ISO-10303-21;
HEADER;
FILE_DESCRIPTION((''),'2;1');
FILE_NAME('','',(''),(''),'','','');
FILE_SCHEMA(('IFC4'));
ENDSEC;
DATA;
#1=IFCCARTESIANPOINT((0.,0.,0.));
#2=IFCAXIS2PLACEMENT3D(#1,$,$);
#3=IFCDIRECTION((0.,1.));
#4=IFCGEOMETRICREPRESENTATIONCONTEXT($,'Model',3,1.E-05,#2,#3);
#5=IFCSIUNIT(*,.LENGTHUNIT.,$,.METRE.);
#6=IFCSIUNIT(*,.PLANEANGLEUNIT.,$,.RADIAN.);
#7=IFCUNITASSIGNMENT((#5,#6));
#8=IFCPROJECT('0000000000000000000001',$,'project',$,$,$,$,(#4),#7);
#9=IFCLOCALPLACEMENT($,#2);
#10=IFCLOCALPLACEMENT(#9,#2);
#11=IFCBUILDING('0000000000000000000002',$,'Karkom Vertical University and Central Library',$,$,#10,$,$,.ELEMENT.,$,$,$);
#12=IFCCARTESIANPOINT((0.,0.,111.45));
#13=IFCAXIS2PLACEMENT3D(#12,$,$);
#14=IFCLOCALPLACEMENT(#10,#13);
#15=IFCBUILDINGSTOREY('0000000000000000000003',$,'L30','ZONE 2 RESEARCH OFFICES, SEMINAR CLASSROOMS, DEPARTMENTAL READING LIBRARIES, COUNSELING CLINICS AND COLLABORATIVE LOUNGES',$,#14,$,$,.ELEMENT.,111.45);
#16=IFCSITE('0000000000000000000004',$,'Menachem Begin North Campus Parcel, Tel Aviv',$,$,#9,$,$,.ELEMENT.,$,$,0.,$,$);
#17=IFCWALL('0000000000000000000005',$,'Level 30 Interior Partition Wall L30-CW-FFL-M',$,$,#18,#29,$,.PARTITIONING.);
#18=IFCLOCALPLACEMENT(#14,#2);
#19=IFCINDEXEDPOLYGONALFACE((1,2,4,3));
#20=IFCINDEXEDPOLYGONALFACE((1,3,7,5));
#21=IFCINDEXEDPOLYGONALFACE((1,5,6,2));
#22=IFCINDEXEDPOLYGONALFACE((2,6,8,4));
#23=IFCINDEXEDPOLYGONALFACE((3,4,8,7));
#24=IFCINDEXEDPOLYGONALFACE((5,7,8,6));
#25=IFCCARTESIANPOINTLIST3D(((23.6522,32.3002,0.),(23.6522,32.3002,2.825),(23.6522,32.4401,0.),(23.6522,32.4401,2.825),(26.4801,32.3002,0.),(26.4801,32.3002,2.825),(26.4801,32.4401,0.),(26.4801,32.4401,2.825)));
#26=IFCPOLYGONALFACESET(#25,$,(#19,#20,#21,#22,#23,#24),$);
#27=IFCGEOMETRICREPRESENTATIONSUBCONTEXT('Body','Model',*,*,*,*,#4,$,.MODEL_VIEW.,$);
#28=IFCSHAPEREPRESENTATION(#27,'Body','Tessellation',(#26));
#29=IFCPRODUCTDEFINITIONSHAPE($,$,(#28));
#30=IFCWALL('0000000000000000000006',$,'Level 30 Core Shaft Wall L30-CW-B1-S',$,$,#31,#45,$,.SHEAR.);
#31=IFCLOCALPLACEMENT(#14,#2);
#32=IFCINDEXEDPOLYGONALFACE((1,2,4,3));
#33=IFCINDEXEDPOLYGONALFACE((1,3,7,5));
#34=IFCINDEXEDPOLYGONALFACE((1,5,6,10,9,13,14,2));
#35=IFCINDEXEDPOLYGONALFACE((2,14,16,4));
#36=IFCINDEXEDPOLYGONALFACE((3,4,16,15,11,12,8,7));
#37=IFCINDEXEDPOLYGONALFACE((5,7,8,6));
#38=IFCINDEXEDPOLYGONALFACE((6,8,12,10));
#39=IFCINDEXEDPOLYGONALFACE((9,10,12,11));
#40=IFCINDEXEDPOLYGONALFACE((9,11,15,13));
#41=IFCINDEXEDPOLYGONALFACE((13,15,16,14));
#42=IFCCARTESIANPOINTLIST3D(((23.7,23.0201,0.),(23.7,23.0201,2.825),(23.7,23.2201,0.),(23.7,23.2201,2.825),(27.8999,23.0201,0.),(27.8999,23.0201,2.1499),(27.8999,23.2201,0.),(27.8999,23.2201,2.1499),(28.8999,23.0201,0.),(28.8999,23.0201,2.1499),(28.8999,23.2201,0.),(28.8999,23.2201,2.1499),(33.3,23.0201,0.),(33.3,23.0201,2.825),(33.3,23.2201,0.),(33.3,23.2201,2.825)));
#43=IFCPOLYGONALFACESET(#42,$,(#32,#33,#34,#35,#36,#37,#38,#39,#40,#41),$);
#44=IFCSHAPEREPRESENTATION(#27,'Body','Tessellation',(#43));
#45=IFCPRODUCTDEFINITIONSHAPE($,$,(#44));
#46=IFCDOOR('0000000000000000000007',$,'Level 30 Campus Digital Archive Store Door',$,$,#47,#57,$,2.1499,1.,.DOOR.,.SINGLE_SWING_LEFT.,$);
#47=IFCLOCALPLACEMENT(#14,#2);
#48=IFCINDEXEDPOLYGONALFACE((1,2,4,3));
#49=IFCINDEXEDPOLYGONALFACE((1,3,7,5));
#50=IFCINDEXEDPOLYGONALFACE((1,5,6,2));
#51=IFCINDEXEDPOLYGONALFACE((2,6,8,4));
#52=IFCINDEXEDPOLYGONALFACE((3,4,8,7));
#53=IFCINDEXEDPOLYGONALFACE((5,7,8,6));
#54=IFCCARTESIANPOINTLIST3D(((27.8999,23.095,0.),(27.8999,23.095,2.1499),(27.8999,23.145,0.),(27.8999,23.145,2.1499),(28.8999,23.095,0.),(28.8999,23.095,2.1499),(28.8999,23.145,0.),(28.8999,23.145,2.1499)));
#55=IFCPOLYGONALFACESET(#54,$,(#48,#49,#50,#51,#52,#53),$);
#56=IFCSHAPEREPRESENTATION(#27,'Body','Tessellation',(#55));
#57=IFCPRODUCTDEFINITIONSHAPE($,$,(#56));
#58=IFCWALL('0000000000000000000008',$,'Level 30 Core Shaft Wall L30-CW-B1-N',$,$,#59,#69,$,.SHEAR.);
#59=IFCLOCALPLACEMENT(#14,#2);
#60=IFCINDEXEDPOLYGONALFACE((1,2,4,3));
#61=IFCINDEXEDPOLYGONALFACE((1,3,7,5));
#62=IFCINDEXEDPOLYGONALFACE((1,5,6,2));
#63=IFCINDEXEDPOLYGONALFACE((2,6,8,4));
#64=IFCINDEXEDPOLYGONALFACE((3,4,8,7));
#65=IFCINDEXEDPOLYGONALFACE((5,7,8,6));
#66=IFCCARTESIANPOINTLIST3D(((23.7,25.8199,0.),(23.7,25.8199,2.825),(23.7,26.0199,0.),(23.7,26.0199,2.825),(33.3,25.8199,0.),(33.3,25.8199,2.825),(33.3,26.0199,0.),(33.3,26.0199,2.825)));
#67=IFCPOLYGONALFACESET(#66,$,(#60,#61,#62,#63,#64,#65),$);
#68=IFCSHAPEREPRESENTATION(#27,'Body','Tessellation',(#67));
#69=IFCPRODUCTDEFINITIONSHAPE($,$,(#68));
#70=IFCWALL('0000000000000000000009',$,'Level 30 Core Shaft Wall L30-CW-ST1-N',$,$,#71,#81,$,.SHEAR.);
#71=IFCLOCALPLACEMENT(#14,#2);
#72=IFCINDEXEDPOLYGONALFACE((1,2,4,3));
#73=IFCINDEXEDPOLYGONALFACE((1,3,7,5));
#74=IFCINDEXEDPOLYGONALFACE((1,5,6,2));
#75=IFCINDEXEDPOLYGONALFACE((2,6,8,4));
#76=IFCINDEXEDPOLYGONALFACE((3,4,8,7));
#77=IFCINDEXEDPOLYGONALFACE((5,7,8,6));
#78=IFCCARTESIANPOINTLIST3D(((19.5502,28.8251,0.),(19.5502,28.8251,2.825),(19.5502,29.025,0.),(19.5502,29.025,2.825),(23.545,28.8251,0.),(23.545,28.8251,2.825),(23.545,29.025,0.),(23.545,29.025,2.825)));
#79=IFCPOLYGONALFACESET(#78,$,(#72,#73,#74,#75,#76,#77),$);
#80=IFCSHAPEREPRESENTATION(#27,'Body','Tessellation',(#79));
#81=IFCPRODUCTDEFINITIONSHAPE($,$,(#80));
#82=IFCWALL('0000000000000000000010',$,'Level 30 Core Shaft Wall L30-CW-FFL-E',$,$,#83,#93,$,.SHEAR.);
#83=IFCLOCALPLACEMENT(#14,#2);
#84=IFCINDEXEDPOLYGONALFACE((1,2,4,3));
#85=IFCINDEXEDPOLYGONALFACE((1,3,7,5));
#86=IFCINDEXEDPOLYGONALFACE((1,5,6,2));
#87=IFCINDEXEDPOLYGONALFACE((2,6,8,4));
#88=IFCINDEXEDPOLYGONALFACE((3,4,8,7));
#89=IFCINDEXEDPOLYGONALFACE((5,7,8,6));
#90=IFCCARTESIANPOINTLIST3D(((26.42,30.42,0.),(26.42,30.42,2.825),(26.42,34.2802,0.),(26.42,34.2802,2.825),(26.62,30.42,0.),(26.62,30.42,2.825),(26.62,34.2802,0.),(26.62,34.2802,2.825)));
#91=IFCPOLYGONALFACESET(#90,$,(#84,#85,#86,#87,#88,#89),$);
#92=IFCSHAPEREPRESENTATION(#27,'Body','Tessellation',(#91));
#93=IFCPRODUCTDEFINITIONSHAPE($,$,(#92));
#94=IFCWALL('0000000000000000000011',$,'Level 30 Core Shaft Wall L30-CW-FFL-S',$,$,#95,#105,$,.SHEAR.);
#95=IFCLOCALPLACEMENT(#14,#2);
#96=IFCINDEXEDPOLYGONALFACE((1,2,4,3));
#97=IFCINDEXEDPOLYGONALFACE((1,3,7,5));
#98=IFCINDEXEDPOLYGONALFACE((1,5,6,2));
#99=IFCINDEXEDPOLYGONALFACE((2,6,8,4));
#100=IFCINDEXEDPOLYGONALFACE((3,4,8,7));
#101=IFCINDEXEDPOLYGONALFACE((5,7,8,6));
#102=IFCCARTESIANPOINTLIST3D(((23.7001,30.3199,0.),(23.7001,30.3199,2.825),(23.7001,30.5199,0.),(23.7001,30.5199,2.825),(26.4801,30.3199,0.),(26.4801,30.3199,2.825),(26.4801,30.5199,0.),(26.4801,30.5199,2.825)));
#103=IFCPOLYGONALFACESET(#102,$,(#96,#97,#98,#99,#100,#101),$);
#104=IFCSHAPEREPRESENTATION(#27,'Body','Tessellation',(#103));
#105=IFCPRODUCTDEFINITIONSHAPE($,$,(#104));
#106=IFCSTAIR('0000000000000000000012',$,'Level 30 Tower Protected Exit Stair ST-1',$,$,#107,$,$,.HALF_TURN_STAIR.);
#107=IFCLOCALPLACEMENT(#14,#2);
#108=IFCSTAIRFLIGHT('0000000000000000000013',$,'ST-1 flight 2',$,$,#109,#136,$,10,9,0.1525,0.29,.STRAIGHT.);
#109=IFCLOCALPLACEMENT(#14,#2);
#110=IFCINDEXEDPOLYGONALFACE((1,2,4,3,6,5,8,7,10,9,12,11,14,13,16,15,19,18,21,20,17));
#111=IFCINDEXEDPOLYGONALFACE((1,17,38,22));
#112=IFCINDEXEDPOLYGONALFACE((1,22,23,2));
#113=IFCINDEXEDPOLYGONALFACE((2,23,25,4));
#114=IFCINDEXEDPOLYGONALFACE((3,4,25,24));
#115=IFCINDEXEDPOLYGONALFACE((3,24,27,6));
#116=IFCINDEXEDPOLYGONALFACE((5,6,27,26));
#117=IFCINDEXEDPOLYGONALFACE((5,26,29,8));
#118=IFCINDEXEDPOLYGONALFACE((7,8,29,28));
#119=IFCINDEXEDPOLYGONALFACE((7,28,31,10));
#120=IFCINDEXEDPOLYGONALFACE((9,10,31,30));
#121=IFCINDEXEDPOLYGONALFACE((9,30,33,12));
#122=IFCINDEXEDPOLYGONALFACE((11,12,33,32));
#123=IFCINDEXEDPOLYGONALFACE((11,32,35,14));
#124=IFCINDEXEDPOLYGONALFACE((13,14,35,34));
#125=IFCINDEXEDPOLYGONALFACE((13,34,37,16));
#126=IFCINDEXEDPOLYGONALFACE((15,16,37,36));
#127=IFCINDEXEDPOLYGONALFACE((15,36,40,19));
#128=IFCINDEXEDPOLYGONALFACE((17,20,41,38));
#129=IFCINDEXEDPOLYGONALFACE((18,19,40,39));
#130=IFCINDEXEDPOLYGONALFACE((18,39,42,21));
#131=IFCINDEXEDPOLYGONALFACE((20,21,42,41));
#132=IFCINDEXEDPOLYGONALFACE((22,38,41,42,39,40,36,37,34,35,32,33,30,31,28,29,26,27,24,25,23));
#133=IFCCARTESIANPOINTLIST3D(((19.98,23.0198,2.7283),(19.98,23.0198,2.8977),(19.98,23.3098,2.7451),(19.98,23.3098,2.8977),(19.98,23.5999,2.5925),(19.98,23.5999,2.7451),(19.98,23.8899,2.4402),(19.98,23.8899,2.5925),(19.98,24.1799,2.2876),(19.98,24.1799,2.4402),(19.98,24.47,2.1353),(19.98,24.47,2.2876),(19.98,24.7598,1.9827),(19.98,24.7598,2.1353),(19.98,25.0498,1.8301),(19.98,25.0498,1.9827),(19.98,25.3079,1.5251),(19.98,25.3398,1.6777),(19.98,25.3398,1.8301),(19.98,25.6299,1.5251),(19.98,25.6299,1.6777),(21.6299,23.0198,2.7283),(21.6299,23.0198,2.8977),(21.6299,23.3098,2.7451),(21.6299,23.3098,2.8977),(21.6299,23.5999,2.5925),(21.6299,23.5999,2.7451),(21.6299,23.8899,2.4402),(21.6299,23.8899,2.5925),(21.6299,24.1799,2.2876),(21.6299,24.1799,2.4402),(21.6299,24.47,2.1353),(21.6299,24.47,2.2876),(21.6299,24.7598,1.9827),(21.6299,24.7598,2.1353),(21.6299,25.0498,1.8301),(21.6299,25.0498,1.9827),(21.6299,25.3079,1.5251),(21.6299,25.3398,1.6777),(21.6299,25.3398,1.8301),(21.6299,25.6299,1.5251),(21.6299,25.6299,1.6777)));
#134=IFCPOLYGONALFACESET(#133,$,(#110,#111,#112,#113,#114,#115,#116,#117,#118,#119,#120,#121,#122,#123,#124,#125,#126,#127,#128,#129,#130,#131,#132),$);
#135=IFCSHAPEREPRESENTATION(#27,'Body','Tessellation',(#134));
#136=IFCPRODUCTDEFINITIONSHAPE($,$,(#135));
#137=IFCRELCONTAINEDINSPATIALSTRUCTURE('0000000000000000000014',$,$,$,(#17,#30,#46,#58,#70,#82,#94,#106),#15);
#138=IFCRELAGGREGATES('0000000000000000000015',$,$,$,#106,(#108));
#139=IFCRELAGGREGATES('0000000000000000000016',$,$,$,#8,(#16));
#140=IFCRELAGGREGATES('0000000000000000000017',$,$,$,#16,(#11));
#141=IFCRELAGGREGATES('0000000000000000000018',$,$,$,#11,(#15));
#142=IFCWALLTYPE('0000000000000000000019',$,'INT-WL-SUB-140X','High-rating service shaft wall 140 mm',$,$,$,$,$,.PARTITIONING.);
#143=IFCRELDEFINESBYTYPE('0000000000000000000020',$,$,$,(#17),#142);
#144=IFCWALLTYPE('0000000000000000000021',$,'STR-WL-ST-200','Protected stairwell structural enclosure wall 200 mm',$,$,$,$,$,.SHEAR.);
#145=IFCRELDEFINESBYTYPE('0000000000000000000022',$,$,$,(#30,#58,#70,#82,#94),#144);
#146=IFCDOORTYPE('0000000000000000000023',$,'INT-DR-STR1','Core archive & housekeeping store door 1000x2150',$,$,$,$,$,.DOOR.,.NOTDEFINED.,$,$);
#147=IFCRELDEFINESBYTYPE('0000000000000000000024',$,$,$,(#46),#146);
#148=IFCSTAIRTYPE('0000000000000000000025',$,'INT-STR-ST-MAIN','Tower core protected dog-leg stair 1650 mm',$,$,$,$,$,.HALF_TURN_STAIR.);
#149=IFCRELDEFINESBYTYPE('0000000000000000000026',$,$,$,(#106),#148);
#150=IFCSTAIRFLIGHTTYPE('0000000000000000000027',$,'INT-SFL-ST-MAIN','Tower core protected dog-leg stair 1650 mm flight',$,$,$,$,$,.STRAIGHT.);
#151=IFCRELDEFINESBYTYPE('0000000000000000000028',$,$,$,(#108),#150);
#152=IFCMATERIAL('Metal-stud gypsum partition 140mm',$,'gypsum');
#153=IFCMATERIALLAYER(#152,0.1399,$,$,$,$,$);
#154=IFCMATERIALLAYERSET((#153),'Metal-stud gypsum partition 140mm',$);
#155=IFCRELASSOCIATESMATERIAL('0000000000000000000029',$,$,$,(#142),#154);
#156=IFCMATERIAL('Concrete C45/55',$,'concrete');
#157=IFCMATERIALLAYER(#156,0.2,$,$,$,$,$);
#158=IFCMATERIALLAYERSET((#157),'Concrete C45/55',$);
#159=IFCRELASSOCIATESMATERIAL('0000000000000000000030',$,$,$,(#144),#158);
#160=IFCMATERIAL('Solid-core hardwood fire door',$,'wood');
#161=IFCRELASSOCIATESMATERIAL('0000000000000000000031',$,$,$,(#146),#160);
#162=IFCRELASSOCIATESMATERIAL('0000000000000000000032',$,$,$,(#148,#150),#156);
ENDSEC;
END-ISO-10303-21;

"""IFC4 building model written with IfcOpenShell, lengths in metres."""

from ifc_helpers import new_model, si_unit, direction, frame, frame_2d, origin, origin_with_axes, place, context, subcontext, project, spatial, polyline, rectangle, outline, extrude, source, transform, mapped, material, layer, layer_set, type_object, element, fill, aggregate, save


model = new_model("IFC4")

# Units and contexts
model_context = context("Model", 3, precision=1e-05, world=origin(), true_north=direction((0.0, 1.0)))
body_context = subcontext(model_context, "Body", "Model", "MODEL_VIEW")
ifc_project = project(units=[si_unit("LENGTHUNIT", "METRE"), si_unit("PLANEANGLEUNIT", "RADIAN")], contexts=[model_context])

# Site, building, storey
site_placement = place(None, origin())
site = spatial("IfcSite", under=ifc_project, at=site_placement, Name="Menachem Begin North Campus Parcel, Tel Aviv", CompositionType="ELEMENT", RefElevation=0.0)
building_placement = place(site_placement, origin())
building = spatial("IfcBuilding", under=site, at=building_placement, Name="Karkom Vertical University and Central Library", CompositionType="ELEMENT")
storey_placement = place(building_placement, frame((0.0, 0.0, 111.45)))
storey = spatial("IfcBuildingStorey", under=building, at=storey_placement, Name="L30", Description="ZONE 2 RESEARCH OFFICES, SEMINAR CLASSROOMS, DEPARTMENTAL READING LIBRARIES, COUNSELING CLINICS AND COLLABORATIVE LOUNGES", CompositionType="ELEMENT", Elevation=111.45)

# Wall
ifc_material_1 = material(Name="Metal-stud gypsum partition 140mm", Category="gypsum")
ifc_layer_1 = layer(ifc_material_1, 0.1399)
ifc_layer_set_1 = layer_set([ifc_layer_1], Name="Metal-stud gypsum partition 140mm")
wall_type_1 = type_object("IfcWallType", Name="INT-WL-SUB-140X", Description="High-rating service shaft wall 140 mm", PredefinedType="PARTITIONING", material=ifc_layer_set_1)
wall_1_placement = place(storey_placement, frame((23.6521, 32.3701, 0.0), z_axis=(0.0, 0.0, 1.0), x_axis=(1.0, 0.0, 0.0)))
element("IfcWall", 1, at=wall_1_placement, inside=storey, type_object=wall_type_1, Name="Level 30 Interior Partition Wall L30-CW-FFL-M", PredefinedType="PARTITIONING", context=body_context, shape_type="SweptSolid", body=[
    extrude(rectangle(XDim=2.8279, YDim=0.1399, at=frame_2d((1.4141, 0.0))), origin(), (0.0, 0.0, 1.0), 2.825),
])

# Wall, opening, door
ifc_material_2 = material(Name="Concrete C45/55", Category="concrete")
ifc_layer_2 = layer(ifc_material_2, 0.2)
ifc_layer_set_2 = layer_set([ifc_layer_2], Name="Concrete C45/55")
wall_type_2 = type_object("IfcWallType", Name="STR-WL-ST-200", Description="Protected stairwell structural enclosure wall 200 mm", PredefinedType="SHEAR", material=ifc_layer_set_2)
wall_2_placement = place(storey_placement, frame((23.7, 23.1201, 0.0), z_axis=(0.0, 0.0, 1.0), x_axis=(1.0, 0.0, 0.0)))
wall_2 = element("IfcWall", 2, at=wall_2_placement, inside=storey, type_object=wall_type_2, Name="Level 30 Core Shaft Wall L30-CW-B1-S", PredefinedType="SHEAR", context=body_context, shape_type="SweptSolid", body=[
    extrude(rectangle(XDim=9.6001, YDim=0.2, at=frame_2d((4.8, 0.0))), origin(), (0.0, 0.0, 1.0), 2.825),
])
opening_1_placement = place(wall_2_placement, frame((4.2, 0.0, 0.0)))
opening_1 = element("IfcOpeningElement", 3, at=opening_1_placement, cuts=wall_2, PredefinedType="OPENING", context=body_context, shape_type="SweptSolid", body=[
    extrude(rectangle(XDim=1.0, YDim=2.1499, at=frame_2d((0.5, 1.075))), frame((0.0, 0.1099, 0.0), z_axis=(0.0, -1.0, 0.0), x_axis=(1.0, 0.0, 0.0)), (0.0, 0.0, 1.0), 0.22),
])
ifc_material_3 = material(Name="Solid-core hardwood fire door", Category="wood")
door_type_1 = type_object("IfcDoorType", Name="INT-DR-STR1", Description="Core archive & housekeeping store door 1000x2150", OperationType="NOTDEFINED", PredefinedType="DOOR", material=ifc_material_3)
shared_shape_1 = source(origin_with_axes(), body_context, "Body", "SweptSolid", [
    extrude(rectangle(XDim=1.0, YDim=2.1499, at=frame_2d((0.5, 1.075))), frame((0.0, 0.0249, 0.0), z_axis=(0.0, -1.0, 0.0), x_axis=(1.0, 0.0, 0.0)), (0.0, 0.0, 1.0), 0.05),
])
door_1_placement = place(opening_1_placement, origin())
door_1 = element("IfcDoor", 4, at=door_1_placement, inside=storey, type_object=door_type_1, Name="Level 30 Campus Digital Archive Store Door", OperationType="SINGLE_SWING_LEFT", OverallHeight=2.1499, OverallWidth=1.0, PredefinedType="DOOR", context=body_context, shape_type="MappedRepresentation", body=[
    mapped(shared_shape_1, transform((0.0, 0.0, 0.0), scale=1.0)),
])
fill(opening_1, door_1)

# Wall
wall_3_placement = place(storey_placement, frame((23.7, 25.9199, 0.0), z_axis=(0.0, 0.0, 1.0), x_axis=(1.0, 0.0, 0.0)))
element("IfcWall", 5, at=wall_3_placement, inside=storey, type_object=wall_type_2, Name="Level 30 Core Shaft Wall L30-CW-B1-N", PredefinedType="SHEAR", context=body_context, shape_type="SweptSolid", body=[
    extrude(rectangle(XDim=9.6001, YDim=0.2, at=frame_2d((4.8, 0.0))), origin(), (0.0, 0.0, 1.0), 2.825),
])

# Walls
wall_4_placement = place(storey_placement, frame((19.55, 28.925, 0.0), z_axis=(0.0, 0.0, 1.0), x_axis=(1.0, 0.0, 0.0)))
element("IfcWall", 6, at=wall_4_placement, inside=storey, type_object=wall_type_2, Name="Level 30 Core Shaft Wall L30-CW-ST1-N", PredefinedType="SHEAR", context=body_context, shape_type="SweptSolid", body=[
    extrude(rectangle(XDim=3.9949, YDim=0.2, at=frame_2d((1.9976, 0.0))), origin(), (0.0, 0.0, 1.0), 2.825),
])
wall_5_placement = place(storey_placement, frame((26.52, 30.4199, 0.0), z_axis=(0.0, 0.0, 1.0), x_axis=(0.0, 1.0, 0.0)))
element("IfcWall", 7, at=wall_5_placement, inside=storey, type_object=wall_type_2, Name="Level 30 Core Shaft Wall L30-CW-FFL-E", PredefinedType="SHEAR", context=body_context, shape_type="SweptSolid", body=[
    extrude(rectangle(XDim=3.8601, YDim=0.2, at=frame_2d((1.9302, 0.0))), origin(), (0.0, 0.0, 1.0), 2.825),
])
wall_6_placement = place(storey_placement, frame((23.7, 30.4199, 0.0), z_axis=(0.0, 0.0, 1.0), x_axis=(1.0, 0.0, 0.0)))
element("IfcWall", 8, at=wall_6_placement, inside=storey, type_object=wall_type_2, Name="Level 30 Core Shaft Wall L30-CW-FFL-S", PredefinedType="SHEAR", context=body_context, shape_type="SweptSolid", body=[
    extrude(rectangle(XDim=2.78, YDim=0.2, at=frame_2d((1.3901, 0.0))), origin(), (0.0, 0.0, 1.0), 2.825),
])

# Stair, stair flight
stair_type = type_object("IfcStairType", Name="INT-STR-ST-MAIN", Description="Tower core protected dog-leg stair 1650 mm", PredefinedType="HALF_TURN_STAIR", material=ifc_material_2)
stair_placement = place(storey_placement, origin())
stair = element("IfcStair", 9, at=stair_placement, inside=storey, type_object=stair_type, Name="Level 30 Tower Protected Exit Stair ST-1", PredefinedType="HALF_TURN_STAIR")
stair_flight_type = type_object("IfcStairFlightType", Name="INT-SFL-ST-MAIN", Description="Tower core protected dog-leg stair 1650 mm flight", PredefinedType="STRAIGHT", material=ifc_material_2)
stair_flight_placement = place(storey_placement, frame((20.8049, 25.6299, 1.5251), z_axis=(0.0, 0.0, 1.0), x_axis=(0.0, -1.0, 0.0)))
stair_flight = element("IfcStairFlight", 10, at=stair_flight_placement, type_object=stair_flight_type, Name="ST-1 flight 2", NumberOfRisers=10, NumberOfTreads=9, PredefinedType="STRAIGHT", RiserHeight=0.1525, TreadLength=0.29, context=body_context, shape_type="SweptSolid", body=[
    extrude(outline(polyline([(0.0, 0.0), (0.0, 0.1526), (0.29, 0.1526), (0.29, 0.3049), (0.5801, 0.3049), (0.5801, 0.4575), (0.8701, 0.4575), (0.8701, 0.6101), (1.1599, 0.6101), (1.1599, 0.7625), (1.45, 0.7625), (1.45, 0.915), (1.74, 0.915), (1.74, 1.0674), (2.03, 1.0674), (2.03, 1.22), (2.3201, 1.22), (2.3201, 1.3726), (2.6101, 1.3726), (2.6101, 1.5249), (2.6101, 1.2031), (0.322, 0.0), (0.0, 0.0)])), frame((0.0, 0.825, 0.0), z_axis=(0.0, -1.0, 0.0), x_axis=(1.0, 0.0, 0.0)), (0.0, 0.0, 1.0), 1.6499),
])
aggregate(stair, [stair_flight])

save(model, "model.ifc")
